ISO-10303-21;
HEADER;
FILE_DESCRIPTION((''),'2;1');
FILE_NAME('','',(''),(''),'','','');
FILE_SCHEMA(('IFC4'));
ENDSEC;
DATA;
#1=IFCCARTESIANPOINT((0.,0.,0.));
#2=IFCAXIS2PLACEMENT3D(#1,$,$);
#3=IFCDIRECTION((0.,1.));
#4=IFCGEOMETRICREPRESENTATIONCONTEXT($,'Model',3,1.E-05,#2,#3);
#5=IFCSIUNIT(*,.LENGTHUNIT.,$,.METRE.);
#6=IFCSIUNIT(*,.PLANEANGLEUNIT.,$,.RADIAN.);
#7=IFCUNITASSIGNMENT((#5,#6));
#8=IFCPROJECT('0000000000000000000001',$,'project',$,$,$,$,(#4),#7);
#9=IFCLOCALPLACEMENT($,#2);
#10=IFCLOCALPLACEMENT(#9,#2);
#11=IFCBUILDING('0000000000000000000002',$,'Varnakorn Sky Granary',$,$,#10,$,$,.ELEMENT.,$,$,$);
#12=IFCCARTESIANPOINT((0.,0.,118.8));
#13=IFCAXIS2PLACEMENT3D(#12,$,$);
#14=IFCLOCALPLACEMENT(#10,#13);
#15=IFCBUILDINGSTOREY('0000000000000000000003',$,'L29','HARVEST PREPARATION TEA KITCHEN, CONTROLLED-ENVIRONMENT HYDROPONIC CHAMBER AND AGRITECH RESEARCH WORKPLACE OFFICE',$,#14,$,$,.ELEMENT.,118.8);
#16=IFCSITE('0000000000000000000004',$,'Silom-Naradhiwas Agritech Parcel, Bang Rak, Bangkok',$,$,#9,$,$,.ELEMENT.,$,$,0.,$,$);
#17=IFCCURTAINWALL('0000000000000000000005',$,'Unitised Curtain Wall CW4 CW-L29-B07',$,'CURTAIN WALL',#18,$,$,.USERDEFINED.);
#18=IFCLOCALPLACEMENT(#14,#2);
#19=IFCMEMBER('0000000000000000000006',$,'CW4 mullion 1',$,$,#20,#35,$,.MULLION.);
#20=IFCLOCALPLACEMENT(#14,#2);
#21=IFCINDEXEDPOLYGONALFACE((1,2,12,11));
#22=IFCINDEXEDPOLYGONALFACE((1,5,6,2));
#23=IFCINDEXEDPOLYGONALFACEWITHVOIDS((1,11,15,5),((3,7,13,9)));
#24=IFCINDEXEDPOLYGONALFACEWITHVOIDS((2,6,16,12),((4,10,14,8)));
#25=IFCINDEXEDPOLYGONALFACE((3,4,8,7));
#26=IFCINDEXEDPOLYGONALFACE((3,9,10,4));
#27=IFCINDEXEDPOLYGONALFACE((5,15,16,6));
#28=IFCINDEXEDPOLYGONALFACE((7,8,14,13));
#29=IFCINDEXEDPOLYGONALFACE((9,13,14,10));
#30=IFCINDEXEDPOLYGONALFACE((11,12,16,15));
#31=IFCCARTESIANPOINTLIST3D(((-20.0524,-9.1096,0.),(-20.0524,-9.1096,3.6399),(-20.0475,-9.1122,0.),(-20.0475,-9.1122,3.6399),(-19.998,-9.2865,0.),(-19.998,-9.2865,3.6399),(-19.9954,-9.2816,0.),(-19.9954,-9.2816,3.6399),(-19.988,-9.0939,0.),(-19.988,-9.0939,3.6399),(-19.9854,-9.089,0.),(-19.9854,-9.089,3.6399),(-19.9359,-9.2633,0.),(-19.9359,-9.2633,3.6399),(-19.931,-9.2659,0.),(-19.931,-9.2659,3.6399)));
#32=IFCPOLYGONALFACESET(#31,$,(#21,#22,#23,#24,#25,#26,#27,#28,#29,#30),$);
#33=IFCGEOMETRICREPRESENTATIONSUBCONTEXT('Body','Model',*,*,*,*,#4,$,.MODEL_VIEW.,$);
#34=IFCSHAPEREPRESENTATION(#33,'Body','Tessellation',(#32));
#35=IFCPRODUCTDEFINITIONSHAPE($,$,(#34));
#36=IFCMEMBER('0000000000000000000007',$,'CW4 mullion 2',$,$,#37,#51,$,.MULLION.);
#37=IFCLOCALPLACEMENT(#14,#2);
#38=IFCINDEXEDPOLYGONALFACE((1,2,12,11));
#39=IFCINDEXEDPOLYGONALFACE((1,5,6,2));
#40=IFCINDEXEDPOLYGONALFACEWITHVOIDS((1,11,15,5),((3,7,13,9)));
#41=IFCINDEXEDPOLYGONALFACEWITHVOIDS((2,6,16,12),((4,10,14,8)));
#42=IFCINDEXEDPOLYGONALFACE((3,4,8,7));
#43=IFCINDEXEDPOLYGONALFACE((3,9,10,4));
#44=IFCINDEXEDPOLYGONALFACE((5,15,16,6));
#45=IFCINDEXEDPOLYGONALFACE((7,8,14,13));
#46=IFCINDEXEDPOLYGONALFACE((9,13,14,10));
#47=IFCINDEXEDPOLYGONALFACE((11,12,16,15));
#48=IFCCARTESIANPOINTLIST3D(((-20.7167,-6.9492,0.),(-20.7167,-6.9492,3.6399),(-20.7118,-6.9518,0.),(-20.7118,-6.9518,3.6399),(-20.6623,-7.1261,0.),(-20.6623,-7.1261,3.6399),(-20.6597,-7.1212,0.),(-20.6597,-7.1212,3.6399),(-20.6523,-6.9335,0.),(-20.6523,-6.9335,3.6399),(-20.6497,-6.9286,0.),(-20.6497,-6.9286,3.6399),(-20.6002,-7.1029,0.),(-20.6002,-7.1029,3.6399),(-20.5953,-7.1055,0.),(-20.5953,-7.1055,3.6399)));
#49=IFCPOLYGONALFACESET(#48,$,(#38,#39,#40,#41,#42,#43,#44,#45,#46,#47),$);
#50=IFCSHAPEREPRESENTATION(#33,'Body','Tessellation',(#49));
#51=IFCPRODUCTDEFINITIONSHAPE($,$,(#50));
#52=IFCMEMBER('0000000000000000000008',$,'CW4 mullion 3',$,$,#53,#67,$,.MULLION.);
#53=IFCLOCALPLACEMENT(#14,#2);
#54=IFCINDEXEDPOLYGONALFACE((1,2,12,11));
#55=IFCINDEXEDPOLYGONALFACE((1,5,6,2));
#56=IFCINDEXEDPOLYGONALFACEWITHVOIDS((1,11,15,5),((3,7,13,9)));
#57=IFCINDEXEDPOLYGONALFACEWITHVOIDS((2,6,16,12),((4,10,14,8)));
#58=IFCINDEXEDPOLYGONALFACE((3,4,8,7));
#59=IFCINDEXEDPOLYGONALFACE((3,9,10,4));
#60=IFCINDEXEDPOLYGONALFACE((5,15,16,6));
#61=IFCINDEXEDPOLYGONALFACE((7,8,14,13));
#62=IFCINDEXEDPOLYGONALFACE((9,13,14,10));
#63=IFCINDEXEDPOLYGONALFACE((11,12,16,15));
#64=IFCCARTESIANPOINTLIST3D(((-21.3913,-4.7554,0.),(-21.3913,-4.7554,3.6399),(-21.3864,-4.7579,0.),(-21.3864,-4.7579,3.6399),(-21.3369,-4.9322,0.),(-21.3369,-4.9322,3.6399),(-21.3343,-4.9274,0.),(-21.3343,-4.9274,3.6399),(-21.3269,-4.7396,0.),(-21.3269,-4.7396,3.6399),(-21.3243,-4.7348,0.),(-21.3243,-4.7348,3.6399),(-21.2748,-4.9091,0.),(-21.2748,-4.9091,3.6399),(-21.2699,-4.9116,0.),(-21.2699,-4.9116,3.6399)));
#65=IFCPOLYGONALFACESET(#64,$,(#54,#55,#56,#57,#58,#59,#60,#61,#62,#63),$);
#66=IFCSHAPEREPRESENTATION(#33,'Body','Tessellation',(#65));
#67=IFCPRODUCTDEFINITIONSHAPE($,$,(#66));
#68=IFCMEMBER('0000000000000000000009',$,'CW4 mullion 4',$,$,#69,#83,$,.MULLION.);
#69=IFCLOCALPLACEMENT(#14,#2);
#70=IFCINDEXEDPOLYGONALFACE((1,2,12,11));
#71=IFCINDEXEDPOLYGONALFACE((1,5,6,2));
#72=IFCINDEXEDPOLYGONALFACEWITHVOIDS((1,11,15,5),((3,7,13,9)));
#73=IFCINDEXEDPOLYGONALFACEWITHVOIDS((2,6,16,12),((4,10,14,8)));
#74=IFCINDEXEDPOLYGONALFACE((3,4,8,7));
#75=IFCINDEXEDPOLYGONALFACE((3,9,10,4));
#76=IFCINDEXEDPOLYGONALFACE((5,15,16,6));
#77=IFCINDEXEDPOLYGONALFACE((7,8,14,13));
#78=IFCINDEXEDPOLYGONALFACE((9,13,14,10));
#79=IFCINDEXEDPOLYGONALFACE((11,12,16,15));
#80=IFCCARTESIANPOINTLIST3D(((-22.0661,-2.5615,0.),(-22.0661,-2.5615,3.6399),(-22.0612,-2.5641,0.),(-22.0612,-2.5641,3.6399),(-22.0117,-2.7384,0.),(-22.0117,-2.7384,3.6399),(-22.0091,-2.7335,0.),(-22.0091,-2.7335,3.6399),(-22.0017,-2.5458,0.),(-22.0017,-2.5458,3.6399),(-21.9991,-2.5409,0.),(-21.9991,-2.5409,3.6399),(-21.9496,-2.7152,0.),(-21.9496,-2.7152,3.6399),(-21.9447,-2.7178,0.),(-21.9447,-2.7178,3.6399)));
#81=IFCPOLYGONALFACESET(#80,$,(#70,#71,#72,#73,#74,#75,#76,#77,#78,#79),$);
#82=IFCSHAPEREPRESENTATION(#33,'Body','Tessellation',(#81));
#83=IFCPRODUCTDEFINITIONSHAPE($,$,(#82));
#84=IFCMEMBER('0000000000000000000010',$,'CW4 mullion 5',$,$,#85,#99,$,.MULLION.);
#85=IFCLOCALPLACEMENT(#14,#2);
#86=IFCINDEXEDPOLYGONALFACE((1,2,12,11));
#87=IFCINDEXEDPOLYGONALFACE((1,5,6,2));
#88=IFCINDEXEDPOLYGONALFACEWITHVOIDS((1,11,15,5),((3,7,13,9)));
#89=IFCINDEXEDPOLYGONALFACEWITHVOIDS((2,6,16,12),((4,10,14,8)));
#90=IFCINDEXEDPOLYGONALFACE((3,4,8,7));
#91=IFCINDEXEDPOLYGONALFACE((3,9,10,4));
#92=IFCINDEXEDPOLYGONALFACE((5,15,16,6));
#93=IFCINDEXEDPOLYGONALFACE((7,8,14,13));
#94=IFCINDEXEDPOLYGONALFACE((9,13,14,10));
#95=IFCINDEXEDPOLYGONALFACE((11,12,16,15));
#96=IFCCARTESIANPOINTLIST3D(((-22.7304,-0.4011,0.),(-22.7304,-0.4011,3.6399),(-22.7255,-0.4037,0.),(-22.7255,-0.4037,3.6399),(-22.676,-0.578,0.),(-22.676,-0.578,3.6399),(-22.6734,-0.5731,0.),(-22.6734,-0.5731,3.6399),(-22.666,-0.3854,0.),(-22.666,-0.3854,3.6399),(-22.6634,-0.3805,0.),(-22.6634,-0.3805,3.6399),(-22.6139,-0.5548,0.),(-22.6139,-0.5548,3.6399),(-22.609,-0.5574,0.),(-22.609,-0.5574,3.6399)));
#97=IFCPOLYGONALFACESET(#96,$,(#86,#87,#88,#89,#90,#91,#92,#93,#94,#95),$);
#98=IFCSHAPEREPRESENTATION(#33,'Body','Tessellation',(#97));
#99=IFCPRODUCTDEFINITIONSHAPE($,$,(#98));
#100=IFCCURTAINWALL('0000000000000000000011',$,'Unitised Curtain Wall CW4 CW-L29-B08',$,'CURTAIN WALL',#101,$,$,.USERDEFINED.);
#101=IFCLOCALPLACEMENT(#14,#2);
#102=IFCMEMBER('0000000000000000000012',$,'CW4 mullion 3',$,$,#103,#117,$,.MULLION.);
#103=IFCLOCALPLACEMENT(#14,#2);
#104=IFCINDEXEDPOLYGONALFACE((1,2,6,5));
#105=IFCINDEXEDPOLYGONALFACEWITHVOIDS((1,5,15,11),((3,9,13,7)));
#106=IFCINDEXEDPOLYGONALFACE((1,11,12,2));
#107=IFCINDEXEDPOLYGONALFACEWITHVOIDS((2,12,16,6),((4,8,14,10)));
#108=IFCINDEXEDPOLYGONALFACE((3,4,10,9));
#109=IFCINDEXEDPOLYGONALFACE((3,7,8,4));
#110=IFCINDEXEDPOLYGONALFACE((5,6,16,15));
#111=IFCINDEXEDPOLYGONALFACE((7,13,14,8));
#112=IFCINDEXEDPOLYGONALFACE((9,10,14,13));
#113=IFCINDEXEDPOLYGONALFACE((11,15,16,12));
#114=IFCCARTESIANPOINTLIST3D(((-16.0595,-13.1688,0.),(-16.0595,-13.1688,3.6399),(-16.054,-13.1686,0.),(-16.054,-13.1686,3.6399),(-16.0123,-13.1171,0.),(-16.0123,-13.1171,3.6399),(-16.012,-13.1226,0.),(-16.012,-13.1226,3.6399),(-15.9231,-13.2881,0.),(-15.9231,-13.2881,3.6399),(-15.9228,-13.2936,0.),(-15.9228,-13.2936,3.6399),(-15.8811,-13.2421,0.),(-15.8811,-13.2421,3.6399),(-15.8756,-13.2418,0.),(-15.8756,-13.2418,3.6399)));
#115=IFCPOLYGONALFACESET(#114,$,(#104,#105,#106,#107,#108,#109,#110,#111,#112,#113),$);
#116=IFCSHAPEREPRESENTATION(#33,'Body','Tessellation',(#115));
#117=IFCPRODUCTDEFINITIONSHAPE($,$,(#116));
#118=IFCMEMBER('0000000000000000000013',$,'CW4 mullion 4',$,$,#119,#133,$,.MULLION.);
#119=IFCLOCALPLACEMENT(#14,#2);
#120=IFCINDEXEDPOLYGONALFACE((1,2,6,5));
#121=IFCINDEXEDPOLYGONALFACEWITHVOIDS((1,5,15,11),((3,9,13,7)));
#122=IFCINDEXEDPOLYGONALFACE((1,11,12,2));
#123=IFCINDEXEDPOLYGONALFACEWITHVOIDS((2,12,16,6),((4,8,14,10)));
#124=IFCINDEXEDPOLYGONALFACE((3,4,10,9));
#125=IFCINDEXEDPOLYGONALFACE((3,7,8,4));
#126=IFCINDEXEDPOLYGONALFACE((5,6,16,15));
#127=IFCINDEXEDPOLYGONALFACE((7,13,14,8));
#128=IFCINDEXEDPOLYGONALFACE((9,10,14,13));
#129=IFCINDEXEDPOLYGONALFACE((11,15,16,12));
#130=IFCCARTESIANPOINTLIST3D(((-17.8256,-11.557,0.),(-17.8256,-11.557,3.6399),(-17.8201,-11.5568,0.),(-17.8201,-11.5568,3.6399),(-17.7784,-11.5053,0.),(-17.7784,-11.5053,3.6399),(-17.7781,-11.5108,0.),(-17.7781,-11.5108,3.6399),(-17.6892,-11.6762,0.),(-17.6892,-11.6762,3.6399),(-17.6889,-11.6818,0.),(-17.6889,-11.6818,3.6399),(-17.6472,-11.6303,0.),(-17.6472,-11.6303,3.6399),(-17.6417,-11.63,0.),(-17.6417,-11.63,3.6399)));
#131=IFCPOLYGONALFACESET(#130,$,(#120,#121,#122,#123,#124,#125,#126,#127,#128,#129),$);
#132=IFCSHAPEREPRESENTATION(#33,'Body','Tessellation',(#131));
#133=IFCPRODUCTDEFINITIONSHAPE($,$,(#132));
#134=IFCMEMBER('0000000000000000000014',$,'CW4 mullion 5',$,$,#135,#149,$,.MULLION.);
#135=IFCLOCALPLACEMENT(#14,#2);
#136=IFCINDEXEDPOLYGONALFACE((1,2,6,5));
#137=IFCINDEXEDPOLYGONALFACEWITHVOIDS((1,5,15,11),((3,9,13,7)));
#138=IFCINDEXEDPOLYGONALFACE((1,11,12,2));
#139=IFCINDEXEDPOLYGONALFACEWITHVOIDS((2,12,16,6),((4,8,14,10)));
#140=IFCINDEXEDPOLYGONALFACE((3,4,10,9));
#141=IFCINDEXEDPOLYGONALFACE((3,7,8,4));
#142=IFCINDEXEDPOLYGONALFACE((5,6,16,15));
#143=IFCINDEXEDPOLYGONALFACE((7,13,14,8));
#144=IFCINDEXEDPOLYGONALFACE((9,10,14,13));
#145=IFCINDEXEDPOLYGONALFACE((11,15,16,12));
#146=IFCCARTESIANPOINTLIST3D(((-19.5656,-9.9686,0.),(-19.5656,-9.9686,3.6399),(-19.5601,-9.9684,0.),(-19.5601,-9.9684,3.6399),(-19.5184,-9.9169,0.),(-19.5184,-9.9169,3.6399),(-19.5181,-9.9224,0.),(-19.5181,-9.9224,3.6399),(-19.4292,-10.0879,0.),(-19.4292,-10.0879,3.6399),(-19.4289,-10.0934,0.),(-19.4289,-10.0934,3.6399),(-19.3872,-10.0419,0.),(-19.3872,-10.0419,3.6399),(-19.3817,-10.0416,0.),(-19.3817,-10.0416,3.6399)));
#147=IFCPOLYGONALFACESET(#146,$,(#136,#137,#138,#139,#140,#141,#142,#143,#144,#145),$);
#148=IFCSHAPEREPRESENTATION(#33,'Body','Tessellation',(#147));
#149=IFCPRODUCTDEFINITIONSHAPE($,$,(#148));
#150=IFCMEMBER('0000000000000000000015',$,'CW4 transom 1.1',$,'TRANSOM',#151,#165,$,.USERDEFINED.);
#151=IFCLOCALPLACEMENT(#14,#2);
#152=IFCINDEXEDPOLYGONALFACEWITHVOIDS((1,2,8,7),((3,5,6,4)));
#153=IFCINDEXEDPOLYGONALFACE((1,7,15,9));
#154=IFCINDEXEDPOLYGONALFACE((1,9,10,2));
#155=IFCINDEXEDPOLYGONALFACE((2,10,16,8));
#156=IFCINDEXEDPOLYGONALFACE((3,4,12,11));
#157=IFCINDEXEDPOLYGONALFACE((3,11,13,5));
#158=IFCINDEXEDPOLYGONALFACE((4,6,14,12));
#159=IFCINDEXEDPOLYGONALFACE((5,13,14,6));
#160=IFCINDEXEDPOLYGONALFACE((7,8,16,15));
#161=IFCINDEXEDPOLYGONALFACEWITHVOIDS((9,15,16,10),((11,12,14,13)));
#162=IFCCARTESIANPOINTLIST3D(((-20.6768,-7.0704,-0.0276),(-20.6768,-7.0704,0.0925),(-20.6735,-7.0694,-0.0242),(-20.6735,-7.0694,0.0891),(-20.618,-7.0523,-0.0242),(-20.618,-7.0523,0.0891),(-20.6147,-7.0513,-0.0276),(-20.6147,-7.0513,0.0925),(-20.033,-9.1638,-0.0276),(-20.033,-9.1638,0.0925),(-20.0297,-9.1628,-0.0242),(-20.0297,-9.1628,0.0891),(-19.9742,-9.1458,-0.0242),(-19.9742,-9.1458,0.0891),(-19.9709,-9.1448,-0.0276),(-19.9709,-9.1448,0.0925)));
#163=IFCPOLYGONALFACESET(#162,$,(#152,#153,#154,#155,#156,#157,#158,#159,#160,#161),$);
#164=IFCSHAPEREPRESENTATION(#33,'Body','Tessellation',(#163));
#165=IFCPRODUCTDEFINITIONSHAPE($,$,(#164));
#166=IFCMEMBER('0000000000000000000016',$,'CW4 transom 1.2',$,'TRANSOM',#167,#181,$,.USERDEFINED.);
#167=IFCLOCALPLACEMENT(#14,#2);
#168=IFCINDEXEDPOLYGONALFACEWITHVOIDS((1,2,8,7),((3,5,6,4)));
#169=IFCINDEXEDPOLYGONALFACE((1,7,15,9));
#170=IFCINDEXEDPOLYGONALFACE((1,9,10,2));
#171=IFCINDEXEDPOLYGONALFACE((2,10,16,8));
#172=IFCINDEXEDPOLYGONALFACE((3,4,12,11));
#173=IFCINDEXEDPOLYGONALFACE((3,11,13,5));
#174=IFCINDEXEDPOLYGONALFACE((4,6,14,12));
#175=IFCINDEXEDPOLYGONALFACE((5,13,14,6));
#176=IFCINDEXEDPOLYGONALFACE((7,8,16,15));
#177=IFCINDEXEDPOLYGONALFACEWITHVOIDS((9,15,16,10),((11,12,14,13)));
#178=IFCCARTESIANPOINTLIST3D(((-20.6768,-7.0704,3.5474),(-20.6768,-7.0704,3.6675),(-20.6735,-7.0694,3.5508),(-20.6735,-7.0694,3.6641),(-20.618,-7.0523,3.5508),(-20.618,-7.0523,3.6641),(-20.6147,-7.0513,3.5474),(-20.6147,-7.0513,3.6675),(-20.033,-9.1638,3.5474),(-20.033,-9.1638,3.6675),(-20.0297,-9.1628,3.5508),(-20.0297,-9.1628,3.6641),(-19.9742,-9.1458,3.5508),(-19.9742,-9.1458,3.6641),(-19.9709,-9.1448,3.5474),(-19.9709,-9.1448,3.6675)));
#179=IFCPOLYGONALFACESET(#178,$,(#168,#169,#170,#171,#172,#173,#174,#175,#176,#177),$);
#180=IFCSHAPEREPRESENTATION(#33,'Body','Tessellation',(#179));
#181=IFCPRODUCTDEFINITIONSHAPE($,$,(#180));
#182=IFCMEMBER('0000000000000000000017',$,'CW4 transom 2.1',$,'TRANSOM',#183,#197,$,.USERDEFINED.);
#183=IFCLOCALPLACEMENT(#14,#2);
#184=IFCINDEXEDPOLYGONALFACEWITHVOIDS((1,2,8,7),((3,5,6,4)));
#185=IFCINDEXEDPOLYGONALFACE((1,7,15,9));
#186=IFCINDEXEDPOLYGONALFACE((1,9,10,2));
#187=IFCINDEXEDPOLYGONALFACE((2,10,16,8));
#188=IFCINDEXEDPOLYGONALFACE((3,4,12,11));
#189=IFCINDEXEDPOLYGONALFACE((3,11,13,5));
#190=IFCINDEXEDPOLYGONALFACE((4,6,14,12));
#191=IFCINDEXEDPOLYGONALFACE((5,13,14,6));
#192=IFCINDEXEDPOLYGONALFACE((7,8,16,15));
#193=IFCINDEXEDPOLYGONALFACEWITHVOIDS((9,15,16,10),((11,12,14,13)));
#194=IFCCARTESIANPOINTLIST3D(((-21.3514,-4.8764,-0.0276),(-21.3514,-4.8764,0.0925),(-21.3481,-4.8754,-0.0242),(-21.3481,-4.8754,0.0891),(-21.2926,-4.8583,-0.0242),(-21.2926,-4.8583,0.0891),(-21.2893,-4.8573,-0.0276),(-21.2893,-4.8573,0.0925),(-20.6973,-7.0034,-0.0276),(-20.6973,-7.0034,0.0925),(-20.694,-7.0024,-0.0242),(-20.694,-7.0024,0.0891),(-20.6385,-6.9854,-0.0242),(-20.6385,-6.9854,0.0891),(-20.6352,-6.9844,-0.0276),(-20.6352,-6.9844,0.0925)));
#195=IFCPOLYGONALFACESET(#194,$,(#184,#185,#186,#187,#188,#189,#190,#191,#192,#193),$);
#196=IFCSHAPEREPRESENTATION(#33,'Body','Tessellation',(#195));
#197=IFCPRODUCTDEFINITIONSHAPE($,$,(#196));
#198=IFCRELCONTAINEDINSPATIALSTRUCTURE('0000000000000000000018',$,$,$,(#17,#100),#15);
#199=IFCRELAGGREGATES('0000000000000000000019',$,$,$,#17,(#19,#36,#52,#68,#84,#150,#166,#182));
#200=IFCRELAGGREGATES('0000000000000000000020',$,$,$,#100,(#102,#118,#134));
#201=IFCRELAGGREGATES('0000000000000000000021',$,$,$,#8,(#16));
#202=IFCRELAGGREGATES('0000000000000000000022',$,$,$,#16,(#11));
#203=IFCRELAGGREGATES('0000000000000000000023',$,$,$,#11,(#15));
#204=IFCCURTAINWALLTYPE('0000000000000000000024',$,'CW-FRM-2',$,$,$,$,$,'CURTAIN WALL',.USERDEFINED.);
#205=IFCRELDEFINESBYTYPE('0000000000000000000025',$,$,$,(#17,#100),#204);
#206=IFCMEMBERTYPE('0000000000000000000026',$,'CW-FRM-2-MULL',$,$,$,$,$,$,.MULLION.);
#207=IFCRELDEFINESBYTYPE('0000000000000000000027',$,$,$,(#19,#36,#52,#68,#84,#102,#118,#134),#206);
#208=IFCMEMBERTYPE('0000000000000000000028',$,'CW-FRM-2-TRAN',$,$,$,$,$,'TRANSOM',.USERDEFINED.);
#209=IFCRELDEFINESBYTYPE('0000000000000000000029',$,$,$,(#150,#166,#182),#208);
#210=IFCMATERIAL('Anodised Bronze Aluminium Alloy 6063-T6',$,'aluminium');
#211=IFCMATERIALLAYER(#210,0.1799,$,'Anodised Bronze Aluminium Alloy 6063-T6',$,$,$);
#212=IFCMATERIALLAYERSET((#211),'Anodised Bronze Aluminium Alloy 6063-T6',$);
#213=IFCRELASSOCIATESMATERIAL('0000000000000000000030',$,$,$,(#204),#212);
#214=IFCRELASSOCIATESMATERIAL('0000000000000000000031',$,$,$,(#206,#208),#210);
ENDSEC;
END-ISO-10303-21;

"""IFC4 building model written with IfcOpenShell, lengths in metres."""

from ifc_helpers import new_model, si_unit, direction, frame, origin, origin_2d, place, context, subcontext, project, spatial, hollow_rectangle, extrude, material, layer, layer_set, material_profile, profile_set, type_object, element, aggregate, save


model = new_model("IFC4")

# Units and contexts
model_context = context("Model", 3, precision=1e-05, world=origin(), true_north=direction((0.0, 1.0)))
body_context = subcontext(model_context, "Body", "Model", "MODEL_VIEW")
ifc_project = project(units=[si_unit("LENGTHUNIT", "METRE"), si_unit("PLANEANGLEUNIT", "RADIAN")], contexts=[model_context])

# Site, building, storey
site_placement = place(None, origin())
site = spatial("IfcSite", under=ifc_project, at=site_placement, Name="Silom-Naradhiwas Agritech Parcel, Bang Rak, Bangkok", CompositionType="ELEMENT", RefElevation=0.0)
building_placement = place(site_placement, origin())
building = spatial("IfcBuilding", under=site, at=building_placement, Name="Varnakorn Sky Granary", CompositionType="ELEMENT")
storey_placement = place(building_placement, frame((0.0, 0.0, 118.8)))
storey = spatial("IfcBuildingStorey", under=building, at=storey_placement, Name="L29", Description="HARVEST PREPARATION TEA KITCHEN, CONTROLLED-ENVIRONMENT HYDROPONIC CHAMBER AND AGRITECH RESEARCH WORKPLACE OFFICE", CompositionType="ELEMENT", Elevation=118.8)

# Curtain walls, members
ifc_material_1 = material(Name="Anodised Bronze Aluminium Alloy 6063-T6", Category="aluminium")
ifc_layer_1 = layer(ifc_material_1, 0.1799, Name="Anodised Bronze Aluminium Alloy 6063-T6")
ifc_layer_set_1 = layer_set([ifc_layer_1], Name="Anodised Bronze Aluminium Alloy 6063-T6")
curtain_wall_type = type_object("IfcCurtainWallType", Name="CW-FRM-2", ElementType="CURTAIN WALL", PredefinedType="USERDEFINED", material=ifc_layer_set_1)
curtain_wall_1_placement = place(storey_placement, origin())
curtain_wall_1 = element("IfcCurtainWall", 1, at=curtain_wall_1_placement, inside=storey, type_object=curtain_wall_type, Name="Unitised Curtain Wall CW4 CW-L29-B07", ObjectType="CURTAIN WALL", PredefinedType="USERDEFINED")
ifc_material_profile_1 = material_profile(ifc_material_1, hollow_rectangle(XDim=0.0701, YDim=0.1851, WallThickness=0.0039, at=origin_2d()), Name="ALU MULL 70x185")
ifc_profile_set_1 = profile_set([ifc_material_profile_1], Name="Anodised Bronze Aluminium Alloy 6063-T6")
member_type_1 = type_object("IfcMemberType", Name="CW-FRM-2-MULL", PredefinedType="MULLION", material=ifc_profile_set_1)
member_1_placement = place(storey_placement, frame((-19.9917, -9.1877, 0.0), z_axis=(0.0, 0.0, 1.0), x_axis=(-0.955824, -0.29394, 0.0)))
member_1 = element("IfcMember", 2, at=member_1_placement, type_object=member_type_1, Name="CW4 mullion 1", PredefinedType="MULLION", context=body_context, shape_type="SweptSolid", body=[
    extrude(hollow_rectangle(XDim=0.0701, YDim=0.1851, WallThickness=0.0039, at=origin_2d()), origin(), (0.0, 0.0, 1.0), 3.6399),
])
member_2_placement = place(storey_placement, frame((-20.656, -7.0273, 0.0), z_axis=(0.0, 0.0, 1.0), x_axis=(-0.955824, -0.29394, 0.0)))
member_2 = element("IfcMember", 3, at=member_2_placement, type_object=member_type_1, Name="CW4 mullion 2", PredefinedType="MULLION", context=body_context, shape_type="SweptSolid", body=[
    extrude(hollow_rectangle(XDim=0.0701, YDim=0.1851, WallThickness=0.0039, at=origin_2d()), origin(), (0.0, 0.0, 1.0), 3.6399),
])
member_3_placement = place(storey_placement, frame((-21.3306, -4.8335, 0.0), z_axis=(0.0, 0.0, 1.0), x_axis=(-0.955824, -0.29394, 0.0)))
member_3 = element("IfcMember", 4, at=member_3_placement, type_object=member_type_1, Name="CW4 mullion 3", PredefinedType="MULLION", context=body_context, shape_type="SweptSolid", body=[
    extrude(hollow_rectangle(XDim=0.0701, YDim=0.1851, WallThickness=0.0039, at=origin_2d()), origin(), (0.0, 0.0, 1.0), 3.6399),
])
member_4_placement = place(storey_placement, frame((-22.0054, -2.6396, 0.0), z_axis=(0.0, 0.0, 1.0), x_axis=(-0.955824, -0.29394, 0.0)))
member_4 = element("IfcMember", 5, at=member_4_placement, type_object=member_type_1, Name="CW4 mullion 4", PredefinedType="MULLION", context=body_context, shape_type="SweptSolid", body=[
    extrude(hollow_rectangle(XDim=0.0701, YDim=0.1851, WallThickness=0.0039, at=origin_2d()), origin(), (0.0, 0.0, 1.0), 3.6399),
])
member_5_placement = place(storey_placement, frame((-22.6697, -0.4792, 0.0), z_axis=(0.0, 0.0, 1.0), x_axis=(-0.955824, -0.29394, 0.0)))
member_5 = element("IfcMember", 6, at=member_5_placement, type_object=member_type_1, Name="CW4 mullion 5", PredefinedType="MULLION", context=body_context, shape_type="SweptSolid", body=[
    extrude(hollow_rectangle(XDim=0.0701, YDim=0.1851, WallThickness=0.0039, at=origin_2d()), origin(), (0.0, 0.0, 1.0), 3.6399),
])
curtain_wall_2_placement = place(storey_placement, origin())
curtain_wall_2 = element("IfcCurtainWall", 7, at=curtain_wall_2_placement, inside=storey, type_object=curtain_wall_type, Name="Unitised Curtain Wall CW4 CW-L29-B08", ObjectType="CURTAIN WALL", PredefinedType="USERDEFINED")
member_6_placement = place(storey_placement, frame((-15.9675, -13.2053, 0.0), z_axis=(0.0, 0.0, 1.0), x_axis=(-0.674153, -0.738592, 0.0)))
member_6 = element("IfcMember", 8, at=member_6_placement, type_object=member_type_1, Name="CW4 mullion 3", PredefinedType="MULLION", context=body_context, shape_type="SweptSolid", body=[
    extrude(hollow_rectangle(XDim=0.0701, YDim=0.1851, WallThickness=0.0039, at=origin_2d()), origin(), (0.0, 0.0, 1.0), 3.6399),
])
member_7_placement = place(storey_placement, frame((-17.7336, -11.5935, 0.0), z_axis=(0.0, 0.0, 1.0), x_axis=(-0.674153, -0.738592, 0.0)))
member_7 = element("IfcMember", 9, at=member_7_placement, type_object=member_type_1, Name="CW4 mullion 4", PredefinedType="MULLION", context=body_context, shape_type="SweptSolid", body=[
    extrude(hollow_rectangle(XDim=0.0701, YDim=0.1851, WallThickness=0.0039, at=origin_2d()), origin(), (0.0, 0.0, 1.0), 3.6399),
])
member_8_placement = place(storey_placement, frame((-19.4736, -10.0051, 0.0), z_axis=(0.0, 0.0, 1.0), x_axis=(-0.674153, -0.738592, 0.0)))
member_8 = element("IfcMember", 10, at=member_8_placement, type_object=member_type_1, Name="CW4 mullion 5", PredefinedType="MULLION", context=body_context, shape_type="SweptSolid", body=[
    extrude(hollow_rectangle(XDim=0.0701, YDim=0.1851, WallThickness=0.0039, at=origin_2d()), origin(), (0.0, 0.0, 1.0), 3.6399),
])

# Members
ifc_material_profile_2 = material_profile(ifc_material_1, hollow_rectangle(XDim=0.0649, YDim=0.1201, WallThickness=0.0034, at=origin_2d()), Name="ALU TRAN 65x120")
ifc_profile_set_2 = profile_set([ifc_material_profile_2], Name="Anodised Bronze Aluminium Alloy 6063-T6")
member_type_2 = type_object("IfcMemberType", Name="CW-FRM-2-TRAN", ElementType="TRANSOM", PredefinedType="USERDEFINED", material=ifc_profile_set_2)
member_9_placement = place(storey_placement, frame((-20.002, -9.1543, 0.0325), z_axis=(-0.293937, 0.955825, 0.0), x_axis=(-0.955825, -0.293937, 0.0)))
member_9 = element("IfcMember", 11, at=member_9_placement, type_object=member_type_2, Name="CW4 transom 1.1", ObjectType="TRANSOM", PredefinedType="USERDEFINED", context=body_context, shape_type="SweptSolid", body=[
    extrude(hollow_rectangle(XDim=0.0649, YDim=0.1201, WallThickness=0.0034, at=origin_2d()), origin(), (0.0, 0.0, 1.0), 2.1902),
])
member_10_placement = place(storey_placement, frame((-20.002, -9.1543, 3.6074), z_axis=(-0.293937, 0.955825, 0.0), x_axis=(-0.955825, -0.293937, 0.0)))
member_10 = element("IfcMember", 12, at=member_10_placement, type_object=member_type_2, Name="CW4 transom 1.2", ObjectType="TRANSOM", PredefinedType="USERDEFINED", context=body_context, shape_type="SweptSolid", body=[
    extrude(hollow_rectangle(XDim=0.0649, YDim=0.1201, WallThickness=0.0034, at=origin_2d()), origin(), (0.0, 0.0, 1.0), 2.1902),
])
member_11_placement = place(storey_placement, frame((-20.6663, -6.9939, 0.0325), z_axis=(-0.293924, 0.955829, 0.0), x_axis=(-0.955829, -0.293924, 0.0)))
member_11 = element("IfcMember", 13, at=member_11_placement, type_object=member_type_2, Name="CW4 transom 2.1", ObjectType="TRANSOM", PredefinedType="USERDEFINED", context=body_context, shape_type="SweptSolid", body=[
    extrude(hollow_rectangle(XDim=0.0649, YDim=0.1201, WallThickness=0.0034, at=origin_2d()), origin(), (0.0, 0.0, 1.0), 2.2253),
])

aggregate(curtain_wall_1, [member_1, member_2, member_3, member_4, member_5, member_9, member_10, member_11])
aggregate(curtain_wall_2, [member_6, member_7, member_8])

save(model, "model.ifc")
